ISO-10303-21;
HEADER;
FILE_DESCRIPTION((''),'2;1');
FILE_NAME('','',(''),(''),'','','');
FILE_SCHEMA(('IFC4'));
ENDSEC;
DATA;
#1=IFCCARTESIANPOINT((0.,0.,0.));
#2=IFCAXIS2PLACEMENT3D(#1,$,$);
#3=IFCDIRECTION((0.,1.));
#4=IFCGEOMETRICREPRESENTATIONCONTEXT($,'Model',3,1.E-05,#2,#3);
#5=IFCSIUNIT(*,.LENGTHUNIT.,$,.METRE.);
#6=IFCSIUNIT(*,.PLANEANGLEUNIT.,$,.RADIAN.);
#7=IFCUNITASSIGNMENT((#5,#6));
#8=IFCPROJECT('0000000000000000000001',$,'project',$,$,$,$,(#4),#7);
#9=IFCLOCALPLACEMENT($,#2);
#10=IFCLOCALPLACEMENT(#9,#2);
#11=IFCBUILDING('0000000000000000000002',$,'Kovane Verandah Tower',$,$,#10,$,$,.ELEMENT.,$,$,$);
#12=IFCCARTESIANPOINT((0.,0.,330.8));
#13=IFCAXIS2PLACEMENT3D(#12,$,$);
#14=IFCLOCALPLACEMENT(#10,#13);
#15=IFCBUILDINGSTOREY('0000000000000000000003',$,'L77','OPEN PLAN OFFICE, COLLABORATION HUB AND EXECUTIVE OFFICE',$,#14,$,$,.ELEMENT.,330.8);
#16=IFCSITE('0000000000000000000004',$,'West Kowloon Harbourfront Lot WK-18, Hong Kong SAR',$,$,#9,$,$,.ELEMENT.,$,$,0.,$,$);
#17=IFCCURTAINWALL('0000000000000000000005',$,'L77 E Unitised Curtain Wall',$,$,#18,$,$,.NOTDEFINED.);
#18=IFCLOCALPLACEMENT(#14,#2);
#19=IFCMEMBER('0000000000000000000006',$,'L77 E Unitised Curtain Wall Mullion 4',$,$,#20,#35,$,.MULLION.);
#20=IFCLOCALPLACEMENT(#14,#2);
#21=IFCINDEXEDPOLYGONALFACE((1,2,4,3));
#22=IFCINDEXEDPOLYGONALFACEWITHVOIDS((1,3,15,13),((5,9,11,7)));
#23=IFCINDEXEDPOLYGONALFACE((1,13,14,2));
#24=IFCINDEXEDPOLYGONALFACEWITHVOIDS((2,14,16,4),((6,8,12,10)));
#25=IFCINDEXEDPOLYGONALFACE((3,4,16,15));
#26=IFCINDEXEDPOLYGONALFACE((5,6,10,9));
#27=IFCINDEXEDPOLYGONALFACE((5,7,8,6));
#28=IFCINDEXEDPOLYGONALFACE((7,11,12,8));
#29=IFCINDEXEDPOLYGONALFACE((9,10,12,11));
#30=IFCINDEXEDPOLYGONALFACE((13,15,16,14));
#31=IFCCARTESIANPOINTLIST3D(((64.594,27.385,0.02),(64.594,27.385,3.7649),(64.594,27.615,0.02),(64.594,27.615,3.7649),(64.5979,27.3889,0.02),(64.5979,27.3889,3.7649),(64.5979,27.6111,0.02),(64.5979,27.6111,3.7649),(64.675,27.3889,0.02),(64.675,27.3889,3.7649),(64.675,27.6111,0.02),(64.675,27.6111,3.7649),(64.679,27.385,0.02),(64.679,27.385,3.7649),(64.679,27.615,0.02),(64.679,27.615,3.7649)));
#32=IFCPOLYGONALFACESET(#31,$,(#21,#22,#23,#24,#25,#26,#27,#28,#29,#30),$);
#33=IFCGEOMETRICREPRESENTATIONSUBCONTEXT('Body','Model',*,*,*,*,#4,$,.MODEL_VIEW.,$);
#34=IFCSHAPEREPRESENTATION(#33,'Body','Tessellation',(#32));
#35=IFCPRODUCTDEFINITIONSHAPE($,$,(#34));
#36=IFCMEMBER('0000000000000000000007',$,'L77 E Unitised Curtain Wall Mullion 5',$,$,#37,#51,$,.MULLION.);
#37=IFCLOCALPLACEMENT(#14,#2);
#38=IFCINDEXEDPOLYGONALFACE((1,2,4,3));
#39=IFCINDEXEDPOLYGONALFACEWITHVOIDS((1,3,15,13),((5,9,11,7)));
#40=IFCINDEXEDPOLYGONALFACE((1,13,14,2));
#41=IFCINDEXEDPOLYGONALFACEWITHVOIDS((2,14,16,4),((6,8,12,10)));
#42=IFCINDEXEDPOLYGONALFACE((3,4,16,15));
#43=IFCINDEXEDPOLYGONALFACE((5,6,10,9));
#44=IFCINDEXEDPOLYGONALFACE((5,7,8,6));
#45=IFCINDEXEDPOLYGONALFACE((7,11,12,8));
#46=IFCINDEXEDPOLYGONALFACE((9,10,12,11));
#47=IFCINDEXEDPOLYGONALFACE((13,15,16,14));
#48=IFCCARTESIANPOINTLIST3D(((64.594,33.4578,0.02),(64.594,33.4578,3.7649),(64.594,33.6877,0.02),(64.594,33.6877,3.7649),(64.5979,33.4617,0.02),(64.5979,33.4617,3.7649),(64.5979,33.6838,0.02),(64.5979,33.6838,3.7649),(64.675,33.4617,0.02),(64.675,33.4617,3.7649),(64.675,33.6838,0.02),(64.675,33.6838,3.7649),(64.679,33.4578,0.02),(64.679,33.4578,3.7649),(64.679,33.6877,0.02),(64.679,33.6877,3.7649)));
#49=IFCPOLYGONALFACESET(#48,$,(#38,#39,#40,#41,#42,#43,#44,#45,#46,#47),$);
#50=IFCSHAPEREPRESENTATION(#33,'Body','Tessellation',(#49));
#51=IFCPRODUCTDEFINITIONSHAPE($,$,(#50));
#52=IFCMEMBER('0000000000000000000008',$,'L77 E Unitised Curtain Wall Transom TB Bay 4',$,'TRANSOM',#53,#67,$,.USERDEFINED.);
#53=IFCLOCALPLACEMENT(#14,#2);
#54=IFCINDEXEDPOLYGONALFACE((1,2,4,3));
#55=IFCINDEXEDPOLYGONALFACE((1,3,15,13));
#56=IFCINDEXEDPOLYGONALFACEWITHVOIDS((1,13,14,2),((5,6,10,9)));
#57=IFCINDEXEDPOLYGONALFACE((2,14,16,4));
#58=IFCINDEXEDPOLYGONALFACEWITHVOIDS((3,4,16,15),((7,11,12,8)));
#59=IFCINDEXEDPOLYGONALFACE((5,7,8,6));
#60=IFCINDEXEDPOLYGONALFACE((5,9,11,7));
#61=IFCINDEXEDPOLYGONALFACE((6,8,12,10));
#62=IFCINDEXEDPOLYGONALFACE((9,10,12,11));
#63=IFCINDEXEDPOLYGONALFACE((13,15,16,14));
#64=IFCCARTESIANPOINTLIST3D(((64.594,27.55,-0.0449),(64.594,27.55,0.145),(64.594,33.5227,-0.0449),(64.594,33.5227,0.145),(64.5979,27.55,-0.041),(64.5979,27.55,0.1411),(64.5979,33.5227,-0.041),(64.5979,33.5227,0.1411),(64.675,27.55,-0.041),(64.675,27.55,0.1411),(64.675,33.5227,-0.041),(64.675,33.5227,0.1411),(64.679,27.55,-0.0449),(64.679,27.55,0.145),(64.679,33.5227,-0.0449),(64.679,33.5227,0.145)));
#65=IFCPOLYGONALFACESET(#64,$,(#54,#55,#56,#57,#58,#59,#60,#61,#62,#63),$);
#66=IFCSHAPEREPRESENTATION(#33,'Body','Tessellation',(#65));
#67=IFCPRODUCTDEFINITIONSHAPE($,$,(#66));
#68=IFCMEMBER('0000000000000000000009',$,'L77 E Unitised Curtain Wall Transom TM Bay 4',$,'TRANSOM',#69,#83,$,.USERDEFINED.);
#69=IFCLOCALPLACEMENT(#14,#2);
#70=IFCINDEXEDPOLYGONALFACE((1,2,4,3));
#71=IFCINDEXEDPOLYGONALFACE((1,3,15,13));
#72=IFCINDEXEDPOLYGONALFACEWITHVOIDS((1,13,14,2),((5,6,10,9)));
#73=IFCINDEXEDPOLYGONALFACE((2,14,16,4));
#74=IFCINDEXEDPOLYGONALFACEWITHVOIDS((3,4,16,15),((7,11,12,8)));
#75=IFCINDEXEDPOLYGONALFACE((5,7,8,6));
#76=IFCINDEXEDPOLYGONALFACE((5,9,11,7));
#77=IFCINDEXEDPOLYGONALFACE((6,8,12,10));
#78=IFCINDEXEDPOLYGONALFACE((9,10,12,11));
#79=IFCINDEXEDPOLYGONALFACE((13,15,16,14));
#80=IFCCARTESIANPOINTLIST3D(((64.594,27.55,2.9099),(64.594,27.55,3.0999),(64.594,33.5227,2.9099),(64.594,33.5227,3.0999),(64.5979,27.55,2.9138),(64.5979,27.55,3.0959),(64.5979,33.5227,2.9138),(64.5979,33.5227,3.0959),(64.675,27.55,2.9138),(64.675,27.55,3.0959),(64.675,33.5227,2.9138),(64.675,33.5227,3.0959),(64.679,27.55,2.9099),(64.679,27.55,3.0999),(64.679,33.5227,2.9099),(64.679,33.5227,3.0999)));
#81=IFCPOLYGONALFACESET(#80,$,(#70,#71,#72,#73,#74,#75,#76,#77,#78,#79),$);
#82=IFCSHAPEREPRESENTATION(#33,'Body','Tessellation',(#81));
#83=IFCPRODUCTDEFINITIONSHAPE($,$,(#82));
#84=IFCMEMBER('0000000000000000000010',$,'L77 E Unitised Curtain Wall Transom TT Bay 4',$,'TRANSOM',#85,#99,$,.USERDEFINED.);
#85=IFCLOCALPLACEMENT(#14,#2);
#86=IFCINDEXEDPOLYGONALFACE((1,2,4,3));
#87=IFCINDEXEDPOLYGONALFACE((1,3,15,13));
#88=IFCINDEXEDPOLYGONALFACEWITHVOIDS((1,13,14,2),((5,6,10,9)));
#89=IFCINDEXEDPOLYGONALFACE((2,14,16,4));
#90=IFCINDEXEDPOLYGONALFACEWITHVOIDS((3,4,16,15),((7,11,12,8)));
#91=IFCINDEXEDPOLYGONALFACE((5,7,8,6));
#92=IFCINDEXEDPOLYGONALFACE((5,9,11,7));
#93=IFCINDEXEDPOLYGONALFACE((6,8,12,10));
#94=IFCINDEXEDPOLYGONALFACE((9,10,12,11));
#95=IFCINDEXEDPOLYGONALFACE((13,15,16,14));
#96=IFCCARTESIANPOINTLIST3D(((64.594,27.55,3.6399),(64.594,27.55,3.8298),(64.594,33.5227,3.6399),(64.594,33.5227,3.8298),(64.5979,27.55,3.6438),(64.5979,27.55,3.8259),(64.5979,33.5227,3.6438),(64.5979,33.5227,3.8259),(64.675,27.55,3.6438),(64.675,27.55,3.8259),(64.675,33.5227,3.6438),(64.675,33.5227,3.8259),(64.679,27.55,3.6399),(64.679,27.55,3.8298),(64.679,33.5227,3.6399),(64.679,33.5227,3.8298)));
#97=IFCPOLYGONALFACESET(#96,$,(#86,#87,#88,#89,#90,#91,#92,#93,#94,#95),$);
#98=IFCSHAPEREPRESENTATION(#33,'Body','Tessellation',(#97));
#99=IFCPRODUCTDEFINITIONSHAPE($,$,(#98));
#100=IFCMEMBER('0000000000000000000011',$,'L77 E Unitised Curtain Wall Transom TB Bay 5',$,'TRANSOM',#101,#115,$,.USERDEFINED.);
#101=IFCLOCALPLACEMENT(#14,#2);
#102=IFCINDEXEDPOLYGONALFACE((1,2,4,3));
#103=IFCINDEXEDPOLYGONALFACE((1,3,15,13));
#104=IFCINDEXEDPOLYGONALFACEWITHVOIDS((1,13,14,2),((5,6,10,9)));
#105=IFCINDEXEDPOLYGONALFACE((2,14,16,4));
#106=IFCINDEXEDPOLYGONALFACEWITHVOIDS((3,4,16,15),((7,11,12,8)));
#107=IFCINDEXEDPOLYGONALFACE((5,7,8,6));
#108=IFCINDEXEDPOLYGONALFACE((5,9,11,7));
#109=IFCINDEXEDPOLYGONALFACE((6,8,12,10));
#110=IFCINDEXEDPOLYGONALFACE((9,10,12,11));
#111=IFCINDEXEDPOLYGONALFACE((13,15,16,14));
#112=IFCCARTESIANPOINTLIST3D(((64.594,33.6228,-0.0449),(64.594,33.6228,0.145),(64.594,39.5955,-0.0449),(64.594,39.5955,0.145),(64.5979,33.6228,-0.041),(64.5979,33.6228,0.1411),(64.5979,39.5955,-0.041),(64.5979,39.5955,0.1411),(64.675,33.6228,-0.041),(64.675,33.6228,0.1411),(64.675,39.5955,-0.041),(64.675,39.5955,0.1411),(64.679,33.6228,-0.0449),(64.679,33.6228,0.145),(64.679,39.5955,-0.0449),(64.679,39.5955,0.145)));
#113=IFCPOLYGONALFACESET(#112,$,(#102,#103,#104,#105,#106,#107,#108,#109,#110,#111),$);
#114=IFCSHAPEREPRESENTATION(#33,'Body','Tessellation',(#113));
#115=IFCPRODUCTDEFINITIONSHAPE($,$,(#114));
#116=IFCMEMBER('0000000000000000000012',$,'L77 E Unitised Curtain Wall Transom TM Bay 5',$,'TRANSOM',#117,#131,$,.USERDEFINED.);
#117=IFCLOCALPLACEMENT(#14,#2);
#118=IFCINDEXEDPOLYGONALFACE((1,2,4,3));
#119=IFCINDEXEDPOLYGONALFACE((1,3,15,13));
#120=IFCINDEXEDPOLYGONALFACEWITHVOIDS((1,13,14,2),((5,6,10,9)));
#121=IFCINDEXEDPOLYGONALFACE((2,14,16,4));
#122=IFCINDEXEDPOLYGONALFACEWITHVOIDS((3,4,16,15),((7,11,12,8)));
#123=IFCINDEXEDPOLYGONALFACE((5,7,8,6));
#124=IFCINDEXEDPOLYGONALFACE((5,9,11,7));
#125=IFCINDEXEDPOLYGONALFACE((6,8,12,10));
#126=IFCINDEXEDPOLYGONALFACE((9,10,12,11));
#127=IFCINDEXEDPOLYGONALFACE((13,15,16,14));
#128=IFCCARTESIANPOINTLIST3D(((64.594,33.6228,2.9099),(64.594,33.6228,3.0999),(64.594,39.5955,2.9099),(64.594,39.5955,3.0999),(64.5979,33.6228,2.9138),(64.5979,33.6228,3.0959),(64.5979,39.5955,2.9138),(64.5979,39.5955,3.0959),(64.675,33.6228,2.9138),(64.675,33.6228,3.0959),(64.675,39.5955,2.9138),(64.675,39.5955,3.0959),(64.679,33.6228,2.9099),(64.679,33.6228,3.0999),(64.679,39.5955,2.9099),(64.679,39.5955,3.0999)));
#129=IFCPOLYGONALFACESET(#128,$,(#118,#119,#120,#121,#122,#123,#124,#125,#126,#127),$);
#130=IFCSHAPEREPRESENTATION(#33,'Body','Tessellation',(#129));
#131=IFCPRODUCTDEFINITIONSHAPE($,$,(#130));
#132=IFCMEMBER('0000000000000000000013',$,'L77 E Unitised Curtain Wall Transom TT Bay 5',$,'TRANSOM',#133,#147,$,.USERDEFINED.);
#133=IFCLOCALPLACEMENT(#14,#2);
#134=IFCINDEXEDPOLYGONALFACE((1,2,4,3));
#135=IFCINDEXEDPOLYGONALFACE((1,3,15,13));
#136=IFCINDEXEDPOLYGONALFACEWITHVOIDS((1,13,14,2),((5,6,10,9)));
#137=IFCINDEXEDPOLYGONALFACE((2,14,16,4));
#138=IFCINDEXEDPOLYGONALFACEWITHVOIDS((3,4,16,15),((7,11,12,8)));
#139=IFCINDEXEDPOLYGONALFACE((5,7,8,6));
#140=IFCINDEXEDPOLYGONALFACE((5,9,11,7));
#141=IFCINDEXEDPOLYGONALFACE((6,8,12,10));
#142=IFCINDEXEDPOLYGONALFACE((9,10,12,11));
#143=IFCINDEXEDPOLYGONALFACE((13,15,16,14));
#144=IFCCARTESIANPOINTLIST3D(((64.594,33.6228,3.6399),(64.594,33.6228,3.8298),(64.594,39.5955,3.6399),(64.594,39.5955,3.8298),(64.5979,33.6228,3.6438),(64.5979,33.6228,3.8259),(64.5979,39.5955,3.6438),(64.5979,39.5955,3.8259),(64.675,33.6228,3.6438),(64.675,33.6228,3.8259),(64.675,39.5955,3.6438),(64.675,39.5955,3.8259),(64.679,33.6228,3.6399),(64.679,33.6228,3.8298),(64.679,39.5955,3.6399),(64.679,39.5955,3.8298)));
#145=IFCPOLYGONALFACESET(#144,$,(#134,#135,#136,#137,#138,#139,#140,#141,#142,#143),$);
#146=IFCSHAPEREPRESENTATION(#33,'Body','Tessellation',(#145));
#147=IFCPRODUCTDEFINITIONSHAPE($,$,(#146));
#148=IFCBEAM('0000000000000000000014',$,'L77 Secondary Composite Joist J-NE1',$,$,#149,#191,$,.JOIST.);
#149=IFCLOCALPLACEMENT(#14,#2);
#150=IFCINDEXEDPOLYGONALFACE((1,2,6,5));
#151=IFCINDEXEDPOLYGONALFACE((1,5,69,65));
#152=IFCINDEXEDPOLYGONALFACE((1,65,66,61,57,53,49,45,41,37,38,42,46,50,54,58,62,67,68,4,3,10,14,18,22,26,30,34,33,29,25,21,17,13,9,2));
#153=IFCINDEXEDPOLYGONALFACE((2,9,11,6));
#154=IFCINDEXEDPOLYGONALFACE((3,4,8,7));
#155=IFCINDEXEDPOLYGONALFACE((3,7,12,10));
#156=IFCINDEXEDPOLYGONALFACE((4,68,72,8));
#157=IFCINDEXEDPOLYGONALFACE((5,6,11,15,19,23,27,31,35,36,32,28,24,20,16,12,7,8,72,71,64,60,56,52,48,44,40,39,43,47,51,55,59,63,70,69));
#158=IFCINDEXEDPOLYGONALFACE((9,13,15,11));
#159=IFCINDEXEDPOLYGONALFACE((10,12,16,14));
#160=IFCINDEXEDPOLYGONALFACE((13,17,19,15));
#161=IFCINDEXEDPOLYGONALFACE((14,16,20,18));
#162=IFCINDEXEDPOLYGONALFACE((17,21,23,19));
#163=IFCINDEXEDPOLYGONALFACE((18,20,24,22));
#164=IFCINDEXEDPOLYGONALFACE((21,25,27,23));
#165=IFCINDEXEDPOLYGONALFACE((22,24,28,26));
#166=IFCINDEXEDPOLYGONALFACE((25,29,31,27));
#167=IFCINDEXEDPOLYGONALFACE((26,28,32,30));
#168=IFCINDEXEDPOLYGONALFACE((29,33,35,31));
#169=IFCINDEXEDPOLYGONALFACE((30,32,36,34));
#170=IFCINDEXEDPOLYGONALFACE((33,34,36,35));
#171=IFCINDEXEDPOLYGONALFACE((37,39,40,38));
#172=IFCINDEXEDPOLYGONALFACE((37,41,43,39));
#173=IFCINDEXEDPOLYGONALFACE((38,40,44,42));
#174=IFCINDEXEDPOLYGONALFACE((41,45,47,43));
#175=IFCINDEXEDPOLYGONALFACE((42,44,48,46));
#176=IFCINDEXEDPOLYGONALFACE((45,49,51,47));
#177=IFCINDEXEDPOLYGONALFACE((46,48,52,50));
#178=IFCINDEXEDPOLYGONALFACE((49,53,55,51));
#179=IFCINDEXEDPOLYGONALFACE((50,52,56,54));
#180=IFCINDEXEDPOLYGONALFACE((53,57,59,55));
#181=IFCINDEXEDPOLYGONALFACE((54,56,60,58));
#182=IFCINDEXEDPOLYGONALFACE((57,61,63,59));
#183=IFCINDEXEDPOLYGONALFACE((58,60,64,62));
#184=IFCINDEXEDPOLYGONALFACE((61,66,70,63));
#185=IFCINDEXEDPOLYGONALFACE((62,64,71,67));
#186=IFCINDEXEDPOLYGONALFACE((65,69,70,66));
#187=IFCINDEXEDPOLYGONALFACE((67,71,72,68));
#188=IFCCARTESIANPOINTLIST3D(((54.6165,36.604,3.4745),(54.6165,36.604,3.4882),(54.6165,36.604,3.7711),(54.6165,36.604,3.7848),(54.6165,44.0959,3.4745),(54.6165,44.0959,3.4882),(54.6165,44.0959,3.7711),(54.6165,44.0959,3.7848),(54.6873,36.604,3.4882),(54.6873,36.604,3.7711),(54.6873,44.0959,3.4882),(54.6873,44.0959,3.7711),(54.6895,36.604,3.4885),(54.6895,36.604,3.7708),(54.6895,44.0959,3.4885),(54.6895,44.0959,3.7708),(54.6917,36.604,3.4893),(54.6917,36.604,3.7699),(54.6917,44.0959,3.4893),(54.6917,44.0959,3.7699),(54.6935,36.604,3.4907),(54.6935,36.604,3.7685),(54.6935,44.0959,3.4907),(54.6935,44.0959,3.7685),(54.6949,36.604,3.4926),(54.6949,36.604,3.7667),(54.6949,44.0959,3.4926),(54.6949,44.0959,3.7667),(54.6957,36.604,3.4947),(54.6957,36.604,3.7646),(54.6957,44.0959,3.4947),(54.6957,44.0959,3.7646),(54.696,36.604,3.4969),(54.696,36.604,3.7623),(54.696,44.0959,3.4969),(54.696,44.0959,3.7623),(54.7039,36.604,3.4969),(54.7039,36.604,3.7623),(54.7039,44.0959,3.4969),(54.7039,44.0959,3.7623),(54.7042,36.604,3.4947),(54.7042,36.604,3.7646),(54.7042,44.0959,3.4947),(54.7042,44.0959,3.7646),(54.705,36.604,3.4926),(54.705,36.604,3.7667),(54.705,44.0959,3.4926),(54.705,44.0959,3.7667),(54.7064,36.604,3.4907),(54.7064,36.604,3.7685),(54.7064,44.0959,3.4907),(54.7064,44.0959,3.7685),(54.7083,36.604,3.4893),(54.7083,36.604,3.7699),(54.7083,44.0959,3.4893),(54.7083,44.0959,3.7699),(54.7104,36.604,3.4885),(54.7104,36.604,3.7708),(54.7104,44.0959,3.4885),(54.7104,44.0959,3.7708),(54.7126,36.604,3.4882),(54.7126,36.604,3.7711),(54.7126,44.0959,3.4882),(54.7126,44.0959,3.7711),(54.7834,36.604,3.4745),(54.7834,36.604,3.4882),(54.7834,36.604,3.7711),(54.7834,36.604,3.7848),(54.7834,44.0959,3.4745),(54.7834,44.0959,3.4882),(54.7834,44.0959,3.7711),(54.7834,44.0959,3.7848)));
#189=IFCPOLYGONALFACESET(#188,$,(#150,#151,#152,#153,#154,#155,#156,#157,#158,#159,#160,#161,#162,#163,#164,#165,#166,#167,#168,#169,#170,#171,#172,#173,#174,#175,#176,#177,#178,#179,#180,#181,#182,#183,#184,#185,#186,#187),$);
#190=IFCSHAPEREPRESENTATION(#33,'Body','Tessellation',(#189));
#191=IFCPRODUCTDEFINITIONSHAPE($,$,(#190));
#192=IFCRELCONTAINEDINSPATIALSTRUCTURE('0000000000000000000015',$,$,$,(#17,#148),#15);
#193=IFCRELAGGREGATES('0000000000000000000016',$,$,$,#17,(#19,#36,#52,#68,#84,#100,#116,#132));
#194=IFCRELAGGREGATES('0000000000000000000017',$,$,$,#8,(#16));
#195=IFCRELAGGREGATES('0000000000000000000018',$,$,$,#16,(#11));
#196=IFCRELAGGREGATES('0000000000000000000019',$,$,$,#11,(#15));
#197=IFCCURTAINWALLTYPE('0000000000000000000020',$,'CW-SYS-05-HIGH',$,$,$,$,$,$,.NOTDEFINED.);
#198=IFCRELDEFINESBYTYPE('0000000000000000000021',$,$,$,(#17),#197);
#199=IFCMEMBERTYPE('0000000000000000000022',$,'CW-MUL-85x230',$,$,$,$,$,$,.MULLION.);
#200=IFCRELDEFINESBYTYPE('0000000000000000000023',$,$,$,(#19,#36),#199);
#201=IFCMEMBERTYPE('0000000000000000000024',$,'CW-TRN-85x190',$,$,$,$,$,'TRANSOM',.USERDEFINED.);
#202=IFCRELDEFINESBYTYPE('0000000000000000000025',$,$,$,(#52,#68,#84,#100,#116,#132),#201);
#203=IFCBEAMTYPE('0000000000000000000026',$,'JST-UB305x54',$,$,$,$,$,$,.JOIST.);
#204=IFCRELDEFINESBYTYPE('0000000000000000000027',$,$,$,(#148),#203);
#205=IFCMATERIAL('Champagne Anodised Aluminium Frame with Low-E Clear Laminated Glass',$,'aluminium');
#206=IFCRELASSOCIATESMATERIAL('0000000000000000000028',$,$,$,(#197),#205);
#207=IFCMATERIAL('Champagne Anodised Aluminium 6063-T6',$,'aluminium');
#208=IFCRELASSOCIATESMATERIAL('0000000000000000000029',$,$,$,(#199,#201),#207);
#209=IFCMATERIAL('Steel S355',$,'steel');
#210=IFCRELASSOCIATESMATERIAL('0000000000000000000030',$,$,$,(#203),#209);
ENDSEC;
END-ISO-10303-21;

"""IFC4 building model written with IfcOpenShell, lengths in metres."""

from ifc_helpers import new_model, si_unit, direction, frame, origin, origin_2d, place, context, subcontext, project, spatial, hollow_rectangle, i_section, extrude, material, material_profile, profile_set, type_object, element, aggregate, save


model = new_model("IFC4")

# Units and contexts
model_context = context("Model", 3, precision=1e-05, world=origin(), true_north=direction((0.0, 1.0)))
body_context = subcontext(model_context, "Body", "Model", "MODEL_VIEW")
ifc_project = project(units=[si_unit("LENGTHUNIT", "METRE"), si_unit("PLANEANGLEUNIT", "RADIAN")], contexts=[model_context])

# Site, building, storey
site_placement = place(None, origin())
site = spatial("IfcSite", under=ifc_project, at=site_placement, Name="West Kowloon Harbourfront Lot WK-18, Hong Kong SAR", CompositionType="ELEMENT", RefElevation=0.0)
building_placement = place(site_placement, origin())
building = spatial("IfcBuilding", under=site, at=building_placement, Name="Kovane Verandah Tower", CompositionType="ELEMENT")
storey_placement = place(building_placement, frame((0.0, 0.0, 330.8)))
storey = spatial("IfcBuildingStorey", under=building, at=storey_placement, Name="L77", Description="OPEN PLAN OFFICE, COLLABORATION HUB AND EXECUTIVE OFFICE", CompositionType="ELEMENT", Elevation=330.8)

# Shared definitions
ifc_material_1 = material(Name="Steel S355", Category="steel")

# Curtain wall, members
ifc_material_2 = material(Name="Champagne Anodised Aluminium Frame with Low-E Clear Laminated Glass", Category="aluminium")
curtain_wall_type = type_object("IfcCurtainWallType", Name="CW-SYS-05-HIGH", PredefinedType="NOTDEFINED", material=ifc_material_2)
curtain_wall_placement = place(storey_placement, origin())
curtain_wall = element("IfcCurtainWall", 1, at=curtain_wall_placement, inside=storey, type_object=curtain_wall_type, Name="L77 E Unitised Curtain Wall", PredefinedType="NOTDEFINED")
ifc_material_3 = material(Name="Champagne Anodised Aluminium 6063-T6", Category="aluminium")
ifc_material_profile_1 = material_profile(ifc_material_3, hollow_rectangle(XDim=0.085, YDim=0.23, WallThickness=0.0039, at=origin_2d()), Name="AL85x230x4")
ifc_profile_set_1 = profile_set([ifc_material_profile_1], Name="Champagne Anodised Aluminium 6063-T6")
member_type_1 = type_object("IfcMemberType", Name="CW-MUL-85x230", PredefinedType="MULLION", material=ifc_profile_set_1)
member_1_placement = place(storey_placement, frame((64.6365, 27.5, 0.02), z_axis=(0.0, 0.0, 1.0), x_axis=(1.0, 0.0, 0.0)))
member_1 = element("IfcMember", 2, at=member_1_placement, type_object=member_type_1, Name="L77 E Unitised Curtain Wall Mullion 4", PredefinedType="MULLION", context=body_context, shape_type="SweptSolid", body=[
    extrude(hollow_rectangle(XDim=0.085, YDim=0.23, WallThickness=0.0039, at=origin_2d()), origin(), (0.0, 0.0, 1.0), 3.7449),
])
member_2_placement = place(storey_placement, frame((64.6365, 33.5728, 0.02), z_axis=(0.0, 0.0, 1.0), x_axis=(1.0, 0.0, 0.0)))
member_2 = element("IfcMember", 3, at=member_2_placement, type_object=member_type_1, Name="L77 E Unitised Curtain Wall Mullion 5", PredefinedType="MULLION", context=body_context, shape_type="SweptSolid", body=[
    extrude(hollow_rectangle(XDim=0.085, YDim=0.23, WallThickness=0.0039, at=origin_2d()), origin(), (0.0, 0.0, 1.0), 3.7449),
])
ifc_material_profile_2 = material_profile(ifc_material_3, hollow_rectangle(XDim=0.085, YDim=0.1899, WallThickness=0.0039, at=origin_2d()), Name="AL85x190x4")
ifc_profile_set_2 = profile_set([ifc_material_profile_2], Name="Champagne Anodised Aluminium 6063-T6")
member_type_2 = type_object("IfcMemberType", Name="CW-TRN-85x190", ElementType="TRANSOM", PredefinedType="USERDEFINED", material=ifc_profile_set_2)
member_3_placement = place(storey_placement, frame((64.6365, 27.55, 0.05), z_axis=(0.0, 1.0, 0.0), x_axis=(-1.0, 0.0, 0.0)))
member_3 = element("IfcMember", 4, at=member_3_placement, type_object=member_type_2, Name="L77 E Unitised Curtain Wall Transom TB Bay 4", ObjectType="TRANSOM", PredefinedType="USERDEFINED", context=body_context, shape_type="SweptSolid", body=[
    extrude(hollow_rectangle(XDim=0.085, YDim=0.1899, WallThickness=0.0039, at=origin_2d()), origin(), (0.0, 0.0, 1.0), 5.9727),
])
member_4_placement = place(storey_placement, frame((64.6365, 27.55, 3.0049), z_axis=(0.0, 1.0, 0.0), x_axis=(-1.0, 0.0, 0.0)))
member_4 = element("IfcMember", 5, at=member_4_placement, type_object=member_type_2, Name="L77 E Unitised Curtain Wall Transom TM Bay 4", ObjectType="TRANSOM", PredefinedType="USERDEFINED", context=body_context, shape_type="SweptSolid", body=[
    extrude(hollow_rectangle(XDim=0.085, YDim=0.1899, WallThickness=0.0039, at=origin_2d()), origin(), (0.0, 0.0, 1.0), 5.9727),
])
member_5_placement = place(storey_placement, frame((64.6365, 27.55, 3.7349), z_axis=(0.0, 1.0, 0.0), x_axis=(-1.0, 0.0, 0.0)))
member_5 = element("IfcMember", 6, at=member_5_placement, type_object=member_type_2, Name="L77 E Unitised Curtain Wall Transom TT Bay 4", ObjectType="TRANSOM", PredefinedType="USERDEFINED", context=body_context, shape_type="SweptSolid", body=[
    extrude(hollow_rectangle(XDim=0.085, YDim=0.1899, WallThickness=0.0039, at=origin_2d()), origin(), (0.0, 0.0, 1.0), 5.9727),
])
member_6_placement = place(storey_placement, frame((64.6365, 33.6228, 0.05), z_axis=(0.0, 1.0, 0.0), x_axis=(-1.0, 0.0, 0.0)))
member_6 = element("IfcMember", 7, at=member_6_placement, type_object=member_type_2, Name="L77 E Unitised Curtain Wall Transom TB Bay 5", ObjectType="TRANSOM", PredefinedType="USERDEFINED", context=body_context, shape_type="SweptSolid", body=[
    extrude(hollow_rectangle(XDim=0.085, YDim=0.1899, WallThickness=0.0039, at=origin_2d()), origin(), (0.0, 0.0, 1.0), 5.9727),
])
member_7_placement = place(storey_placement, frame((64.6365, 33.6228, 3.0049), z_axis=(0.0, 1.0, 0.0), x_axis=(-1.0, 0.0, 0.0)))
member_7 = element("IfcMember", 8, at=member_7_placement, type_object=member_type_2, Name="L77 E Unitised Curtain Wall Transom TM Bay 5", ObjectType="TRANSOM", PredefinedType="USERDEFINED", context=body_context, shape_type="SweptSolid", body=[
    extrude(hollow_rectangle(XDim=0.085, YDim=0.1899, WallThickness=0.0039, at=origin_2d()), origin(), (0.0, 0.0, 1.0), 5.9727),
])
member_8_placement = place(storey_placement, frame((64.6365, 33.6228, 3.7349), z_axis=(0.0, 1.0, 0.0), x_axis=(-1.0, 0.0, 0.0)))
member_8 = element("IfcMember", 9, at=member_8_placement, type_object=member_type_2, Name="L77 E Unitised Curtain Wall Transom TT Bay 5", ObjectType="TRANSOM", PredefinedType="USERDEFINED", context=body_context, shape_type="SweptSolid", body=[
    extrude(hollow_rectangle(XDim=0.085, YDim=0.1899, WallThickness=0.0039, at=origin_2d()), origin(), (0.0, 0.0, 1.0), 5.9727),
])

# Beam
ifc_material_profile_3 = material_profile(ifc_material_1, i_section(OverallWidth=0.167, OverallDepth=0.3103, WebThickness=0.0078, FlangeThickness=0.0137, FilletRadius=0.0088, at=origin_2d()), Name="UB305x165x54")
ifc_profile_set_3 = profile_set([ifc_material_profile_3], Name="Steel S355")
beam_type_1 = type_object("IfcBeamType", Name="JST-UB305x54", PredefinedType="JOIST", material=ifc_profile_set_3)
beam_1_placement = place(storey_placement, frame((54.7, 36.604, 3.6296), z_axis=(0.0, 1.0, 0.0), x_axis=(-1.0, 0.0, 0.0)))
element("IfcBeam", 10, at=beam_1_placement, inside=storey, type_object=beam_type_1, Name="L77 Secondary Composite Joist J-NE1", PredefinedType="JOIST", context=body_context, shape_type="SweptSolid", body=[
    extrude(i_section(OverallWidth=0.167, OverallDepth=0.3103, WebThickness=0.0078, FlangeThickness=0.0137, FilletRadius=0.0088, at=origin_2d()), origin(), (0.0, 0.0, 1.0), 7.4919),
])

aggregate(curtain_wall, [member_1, member_2, member_3, member_4, member_5, member_6, member_7, member_8])

save(model, "model.ifc")
